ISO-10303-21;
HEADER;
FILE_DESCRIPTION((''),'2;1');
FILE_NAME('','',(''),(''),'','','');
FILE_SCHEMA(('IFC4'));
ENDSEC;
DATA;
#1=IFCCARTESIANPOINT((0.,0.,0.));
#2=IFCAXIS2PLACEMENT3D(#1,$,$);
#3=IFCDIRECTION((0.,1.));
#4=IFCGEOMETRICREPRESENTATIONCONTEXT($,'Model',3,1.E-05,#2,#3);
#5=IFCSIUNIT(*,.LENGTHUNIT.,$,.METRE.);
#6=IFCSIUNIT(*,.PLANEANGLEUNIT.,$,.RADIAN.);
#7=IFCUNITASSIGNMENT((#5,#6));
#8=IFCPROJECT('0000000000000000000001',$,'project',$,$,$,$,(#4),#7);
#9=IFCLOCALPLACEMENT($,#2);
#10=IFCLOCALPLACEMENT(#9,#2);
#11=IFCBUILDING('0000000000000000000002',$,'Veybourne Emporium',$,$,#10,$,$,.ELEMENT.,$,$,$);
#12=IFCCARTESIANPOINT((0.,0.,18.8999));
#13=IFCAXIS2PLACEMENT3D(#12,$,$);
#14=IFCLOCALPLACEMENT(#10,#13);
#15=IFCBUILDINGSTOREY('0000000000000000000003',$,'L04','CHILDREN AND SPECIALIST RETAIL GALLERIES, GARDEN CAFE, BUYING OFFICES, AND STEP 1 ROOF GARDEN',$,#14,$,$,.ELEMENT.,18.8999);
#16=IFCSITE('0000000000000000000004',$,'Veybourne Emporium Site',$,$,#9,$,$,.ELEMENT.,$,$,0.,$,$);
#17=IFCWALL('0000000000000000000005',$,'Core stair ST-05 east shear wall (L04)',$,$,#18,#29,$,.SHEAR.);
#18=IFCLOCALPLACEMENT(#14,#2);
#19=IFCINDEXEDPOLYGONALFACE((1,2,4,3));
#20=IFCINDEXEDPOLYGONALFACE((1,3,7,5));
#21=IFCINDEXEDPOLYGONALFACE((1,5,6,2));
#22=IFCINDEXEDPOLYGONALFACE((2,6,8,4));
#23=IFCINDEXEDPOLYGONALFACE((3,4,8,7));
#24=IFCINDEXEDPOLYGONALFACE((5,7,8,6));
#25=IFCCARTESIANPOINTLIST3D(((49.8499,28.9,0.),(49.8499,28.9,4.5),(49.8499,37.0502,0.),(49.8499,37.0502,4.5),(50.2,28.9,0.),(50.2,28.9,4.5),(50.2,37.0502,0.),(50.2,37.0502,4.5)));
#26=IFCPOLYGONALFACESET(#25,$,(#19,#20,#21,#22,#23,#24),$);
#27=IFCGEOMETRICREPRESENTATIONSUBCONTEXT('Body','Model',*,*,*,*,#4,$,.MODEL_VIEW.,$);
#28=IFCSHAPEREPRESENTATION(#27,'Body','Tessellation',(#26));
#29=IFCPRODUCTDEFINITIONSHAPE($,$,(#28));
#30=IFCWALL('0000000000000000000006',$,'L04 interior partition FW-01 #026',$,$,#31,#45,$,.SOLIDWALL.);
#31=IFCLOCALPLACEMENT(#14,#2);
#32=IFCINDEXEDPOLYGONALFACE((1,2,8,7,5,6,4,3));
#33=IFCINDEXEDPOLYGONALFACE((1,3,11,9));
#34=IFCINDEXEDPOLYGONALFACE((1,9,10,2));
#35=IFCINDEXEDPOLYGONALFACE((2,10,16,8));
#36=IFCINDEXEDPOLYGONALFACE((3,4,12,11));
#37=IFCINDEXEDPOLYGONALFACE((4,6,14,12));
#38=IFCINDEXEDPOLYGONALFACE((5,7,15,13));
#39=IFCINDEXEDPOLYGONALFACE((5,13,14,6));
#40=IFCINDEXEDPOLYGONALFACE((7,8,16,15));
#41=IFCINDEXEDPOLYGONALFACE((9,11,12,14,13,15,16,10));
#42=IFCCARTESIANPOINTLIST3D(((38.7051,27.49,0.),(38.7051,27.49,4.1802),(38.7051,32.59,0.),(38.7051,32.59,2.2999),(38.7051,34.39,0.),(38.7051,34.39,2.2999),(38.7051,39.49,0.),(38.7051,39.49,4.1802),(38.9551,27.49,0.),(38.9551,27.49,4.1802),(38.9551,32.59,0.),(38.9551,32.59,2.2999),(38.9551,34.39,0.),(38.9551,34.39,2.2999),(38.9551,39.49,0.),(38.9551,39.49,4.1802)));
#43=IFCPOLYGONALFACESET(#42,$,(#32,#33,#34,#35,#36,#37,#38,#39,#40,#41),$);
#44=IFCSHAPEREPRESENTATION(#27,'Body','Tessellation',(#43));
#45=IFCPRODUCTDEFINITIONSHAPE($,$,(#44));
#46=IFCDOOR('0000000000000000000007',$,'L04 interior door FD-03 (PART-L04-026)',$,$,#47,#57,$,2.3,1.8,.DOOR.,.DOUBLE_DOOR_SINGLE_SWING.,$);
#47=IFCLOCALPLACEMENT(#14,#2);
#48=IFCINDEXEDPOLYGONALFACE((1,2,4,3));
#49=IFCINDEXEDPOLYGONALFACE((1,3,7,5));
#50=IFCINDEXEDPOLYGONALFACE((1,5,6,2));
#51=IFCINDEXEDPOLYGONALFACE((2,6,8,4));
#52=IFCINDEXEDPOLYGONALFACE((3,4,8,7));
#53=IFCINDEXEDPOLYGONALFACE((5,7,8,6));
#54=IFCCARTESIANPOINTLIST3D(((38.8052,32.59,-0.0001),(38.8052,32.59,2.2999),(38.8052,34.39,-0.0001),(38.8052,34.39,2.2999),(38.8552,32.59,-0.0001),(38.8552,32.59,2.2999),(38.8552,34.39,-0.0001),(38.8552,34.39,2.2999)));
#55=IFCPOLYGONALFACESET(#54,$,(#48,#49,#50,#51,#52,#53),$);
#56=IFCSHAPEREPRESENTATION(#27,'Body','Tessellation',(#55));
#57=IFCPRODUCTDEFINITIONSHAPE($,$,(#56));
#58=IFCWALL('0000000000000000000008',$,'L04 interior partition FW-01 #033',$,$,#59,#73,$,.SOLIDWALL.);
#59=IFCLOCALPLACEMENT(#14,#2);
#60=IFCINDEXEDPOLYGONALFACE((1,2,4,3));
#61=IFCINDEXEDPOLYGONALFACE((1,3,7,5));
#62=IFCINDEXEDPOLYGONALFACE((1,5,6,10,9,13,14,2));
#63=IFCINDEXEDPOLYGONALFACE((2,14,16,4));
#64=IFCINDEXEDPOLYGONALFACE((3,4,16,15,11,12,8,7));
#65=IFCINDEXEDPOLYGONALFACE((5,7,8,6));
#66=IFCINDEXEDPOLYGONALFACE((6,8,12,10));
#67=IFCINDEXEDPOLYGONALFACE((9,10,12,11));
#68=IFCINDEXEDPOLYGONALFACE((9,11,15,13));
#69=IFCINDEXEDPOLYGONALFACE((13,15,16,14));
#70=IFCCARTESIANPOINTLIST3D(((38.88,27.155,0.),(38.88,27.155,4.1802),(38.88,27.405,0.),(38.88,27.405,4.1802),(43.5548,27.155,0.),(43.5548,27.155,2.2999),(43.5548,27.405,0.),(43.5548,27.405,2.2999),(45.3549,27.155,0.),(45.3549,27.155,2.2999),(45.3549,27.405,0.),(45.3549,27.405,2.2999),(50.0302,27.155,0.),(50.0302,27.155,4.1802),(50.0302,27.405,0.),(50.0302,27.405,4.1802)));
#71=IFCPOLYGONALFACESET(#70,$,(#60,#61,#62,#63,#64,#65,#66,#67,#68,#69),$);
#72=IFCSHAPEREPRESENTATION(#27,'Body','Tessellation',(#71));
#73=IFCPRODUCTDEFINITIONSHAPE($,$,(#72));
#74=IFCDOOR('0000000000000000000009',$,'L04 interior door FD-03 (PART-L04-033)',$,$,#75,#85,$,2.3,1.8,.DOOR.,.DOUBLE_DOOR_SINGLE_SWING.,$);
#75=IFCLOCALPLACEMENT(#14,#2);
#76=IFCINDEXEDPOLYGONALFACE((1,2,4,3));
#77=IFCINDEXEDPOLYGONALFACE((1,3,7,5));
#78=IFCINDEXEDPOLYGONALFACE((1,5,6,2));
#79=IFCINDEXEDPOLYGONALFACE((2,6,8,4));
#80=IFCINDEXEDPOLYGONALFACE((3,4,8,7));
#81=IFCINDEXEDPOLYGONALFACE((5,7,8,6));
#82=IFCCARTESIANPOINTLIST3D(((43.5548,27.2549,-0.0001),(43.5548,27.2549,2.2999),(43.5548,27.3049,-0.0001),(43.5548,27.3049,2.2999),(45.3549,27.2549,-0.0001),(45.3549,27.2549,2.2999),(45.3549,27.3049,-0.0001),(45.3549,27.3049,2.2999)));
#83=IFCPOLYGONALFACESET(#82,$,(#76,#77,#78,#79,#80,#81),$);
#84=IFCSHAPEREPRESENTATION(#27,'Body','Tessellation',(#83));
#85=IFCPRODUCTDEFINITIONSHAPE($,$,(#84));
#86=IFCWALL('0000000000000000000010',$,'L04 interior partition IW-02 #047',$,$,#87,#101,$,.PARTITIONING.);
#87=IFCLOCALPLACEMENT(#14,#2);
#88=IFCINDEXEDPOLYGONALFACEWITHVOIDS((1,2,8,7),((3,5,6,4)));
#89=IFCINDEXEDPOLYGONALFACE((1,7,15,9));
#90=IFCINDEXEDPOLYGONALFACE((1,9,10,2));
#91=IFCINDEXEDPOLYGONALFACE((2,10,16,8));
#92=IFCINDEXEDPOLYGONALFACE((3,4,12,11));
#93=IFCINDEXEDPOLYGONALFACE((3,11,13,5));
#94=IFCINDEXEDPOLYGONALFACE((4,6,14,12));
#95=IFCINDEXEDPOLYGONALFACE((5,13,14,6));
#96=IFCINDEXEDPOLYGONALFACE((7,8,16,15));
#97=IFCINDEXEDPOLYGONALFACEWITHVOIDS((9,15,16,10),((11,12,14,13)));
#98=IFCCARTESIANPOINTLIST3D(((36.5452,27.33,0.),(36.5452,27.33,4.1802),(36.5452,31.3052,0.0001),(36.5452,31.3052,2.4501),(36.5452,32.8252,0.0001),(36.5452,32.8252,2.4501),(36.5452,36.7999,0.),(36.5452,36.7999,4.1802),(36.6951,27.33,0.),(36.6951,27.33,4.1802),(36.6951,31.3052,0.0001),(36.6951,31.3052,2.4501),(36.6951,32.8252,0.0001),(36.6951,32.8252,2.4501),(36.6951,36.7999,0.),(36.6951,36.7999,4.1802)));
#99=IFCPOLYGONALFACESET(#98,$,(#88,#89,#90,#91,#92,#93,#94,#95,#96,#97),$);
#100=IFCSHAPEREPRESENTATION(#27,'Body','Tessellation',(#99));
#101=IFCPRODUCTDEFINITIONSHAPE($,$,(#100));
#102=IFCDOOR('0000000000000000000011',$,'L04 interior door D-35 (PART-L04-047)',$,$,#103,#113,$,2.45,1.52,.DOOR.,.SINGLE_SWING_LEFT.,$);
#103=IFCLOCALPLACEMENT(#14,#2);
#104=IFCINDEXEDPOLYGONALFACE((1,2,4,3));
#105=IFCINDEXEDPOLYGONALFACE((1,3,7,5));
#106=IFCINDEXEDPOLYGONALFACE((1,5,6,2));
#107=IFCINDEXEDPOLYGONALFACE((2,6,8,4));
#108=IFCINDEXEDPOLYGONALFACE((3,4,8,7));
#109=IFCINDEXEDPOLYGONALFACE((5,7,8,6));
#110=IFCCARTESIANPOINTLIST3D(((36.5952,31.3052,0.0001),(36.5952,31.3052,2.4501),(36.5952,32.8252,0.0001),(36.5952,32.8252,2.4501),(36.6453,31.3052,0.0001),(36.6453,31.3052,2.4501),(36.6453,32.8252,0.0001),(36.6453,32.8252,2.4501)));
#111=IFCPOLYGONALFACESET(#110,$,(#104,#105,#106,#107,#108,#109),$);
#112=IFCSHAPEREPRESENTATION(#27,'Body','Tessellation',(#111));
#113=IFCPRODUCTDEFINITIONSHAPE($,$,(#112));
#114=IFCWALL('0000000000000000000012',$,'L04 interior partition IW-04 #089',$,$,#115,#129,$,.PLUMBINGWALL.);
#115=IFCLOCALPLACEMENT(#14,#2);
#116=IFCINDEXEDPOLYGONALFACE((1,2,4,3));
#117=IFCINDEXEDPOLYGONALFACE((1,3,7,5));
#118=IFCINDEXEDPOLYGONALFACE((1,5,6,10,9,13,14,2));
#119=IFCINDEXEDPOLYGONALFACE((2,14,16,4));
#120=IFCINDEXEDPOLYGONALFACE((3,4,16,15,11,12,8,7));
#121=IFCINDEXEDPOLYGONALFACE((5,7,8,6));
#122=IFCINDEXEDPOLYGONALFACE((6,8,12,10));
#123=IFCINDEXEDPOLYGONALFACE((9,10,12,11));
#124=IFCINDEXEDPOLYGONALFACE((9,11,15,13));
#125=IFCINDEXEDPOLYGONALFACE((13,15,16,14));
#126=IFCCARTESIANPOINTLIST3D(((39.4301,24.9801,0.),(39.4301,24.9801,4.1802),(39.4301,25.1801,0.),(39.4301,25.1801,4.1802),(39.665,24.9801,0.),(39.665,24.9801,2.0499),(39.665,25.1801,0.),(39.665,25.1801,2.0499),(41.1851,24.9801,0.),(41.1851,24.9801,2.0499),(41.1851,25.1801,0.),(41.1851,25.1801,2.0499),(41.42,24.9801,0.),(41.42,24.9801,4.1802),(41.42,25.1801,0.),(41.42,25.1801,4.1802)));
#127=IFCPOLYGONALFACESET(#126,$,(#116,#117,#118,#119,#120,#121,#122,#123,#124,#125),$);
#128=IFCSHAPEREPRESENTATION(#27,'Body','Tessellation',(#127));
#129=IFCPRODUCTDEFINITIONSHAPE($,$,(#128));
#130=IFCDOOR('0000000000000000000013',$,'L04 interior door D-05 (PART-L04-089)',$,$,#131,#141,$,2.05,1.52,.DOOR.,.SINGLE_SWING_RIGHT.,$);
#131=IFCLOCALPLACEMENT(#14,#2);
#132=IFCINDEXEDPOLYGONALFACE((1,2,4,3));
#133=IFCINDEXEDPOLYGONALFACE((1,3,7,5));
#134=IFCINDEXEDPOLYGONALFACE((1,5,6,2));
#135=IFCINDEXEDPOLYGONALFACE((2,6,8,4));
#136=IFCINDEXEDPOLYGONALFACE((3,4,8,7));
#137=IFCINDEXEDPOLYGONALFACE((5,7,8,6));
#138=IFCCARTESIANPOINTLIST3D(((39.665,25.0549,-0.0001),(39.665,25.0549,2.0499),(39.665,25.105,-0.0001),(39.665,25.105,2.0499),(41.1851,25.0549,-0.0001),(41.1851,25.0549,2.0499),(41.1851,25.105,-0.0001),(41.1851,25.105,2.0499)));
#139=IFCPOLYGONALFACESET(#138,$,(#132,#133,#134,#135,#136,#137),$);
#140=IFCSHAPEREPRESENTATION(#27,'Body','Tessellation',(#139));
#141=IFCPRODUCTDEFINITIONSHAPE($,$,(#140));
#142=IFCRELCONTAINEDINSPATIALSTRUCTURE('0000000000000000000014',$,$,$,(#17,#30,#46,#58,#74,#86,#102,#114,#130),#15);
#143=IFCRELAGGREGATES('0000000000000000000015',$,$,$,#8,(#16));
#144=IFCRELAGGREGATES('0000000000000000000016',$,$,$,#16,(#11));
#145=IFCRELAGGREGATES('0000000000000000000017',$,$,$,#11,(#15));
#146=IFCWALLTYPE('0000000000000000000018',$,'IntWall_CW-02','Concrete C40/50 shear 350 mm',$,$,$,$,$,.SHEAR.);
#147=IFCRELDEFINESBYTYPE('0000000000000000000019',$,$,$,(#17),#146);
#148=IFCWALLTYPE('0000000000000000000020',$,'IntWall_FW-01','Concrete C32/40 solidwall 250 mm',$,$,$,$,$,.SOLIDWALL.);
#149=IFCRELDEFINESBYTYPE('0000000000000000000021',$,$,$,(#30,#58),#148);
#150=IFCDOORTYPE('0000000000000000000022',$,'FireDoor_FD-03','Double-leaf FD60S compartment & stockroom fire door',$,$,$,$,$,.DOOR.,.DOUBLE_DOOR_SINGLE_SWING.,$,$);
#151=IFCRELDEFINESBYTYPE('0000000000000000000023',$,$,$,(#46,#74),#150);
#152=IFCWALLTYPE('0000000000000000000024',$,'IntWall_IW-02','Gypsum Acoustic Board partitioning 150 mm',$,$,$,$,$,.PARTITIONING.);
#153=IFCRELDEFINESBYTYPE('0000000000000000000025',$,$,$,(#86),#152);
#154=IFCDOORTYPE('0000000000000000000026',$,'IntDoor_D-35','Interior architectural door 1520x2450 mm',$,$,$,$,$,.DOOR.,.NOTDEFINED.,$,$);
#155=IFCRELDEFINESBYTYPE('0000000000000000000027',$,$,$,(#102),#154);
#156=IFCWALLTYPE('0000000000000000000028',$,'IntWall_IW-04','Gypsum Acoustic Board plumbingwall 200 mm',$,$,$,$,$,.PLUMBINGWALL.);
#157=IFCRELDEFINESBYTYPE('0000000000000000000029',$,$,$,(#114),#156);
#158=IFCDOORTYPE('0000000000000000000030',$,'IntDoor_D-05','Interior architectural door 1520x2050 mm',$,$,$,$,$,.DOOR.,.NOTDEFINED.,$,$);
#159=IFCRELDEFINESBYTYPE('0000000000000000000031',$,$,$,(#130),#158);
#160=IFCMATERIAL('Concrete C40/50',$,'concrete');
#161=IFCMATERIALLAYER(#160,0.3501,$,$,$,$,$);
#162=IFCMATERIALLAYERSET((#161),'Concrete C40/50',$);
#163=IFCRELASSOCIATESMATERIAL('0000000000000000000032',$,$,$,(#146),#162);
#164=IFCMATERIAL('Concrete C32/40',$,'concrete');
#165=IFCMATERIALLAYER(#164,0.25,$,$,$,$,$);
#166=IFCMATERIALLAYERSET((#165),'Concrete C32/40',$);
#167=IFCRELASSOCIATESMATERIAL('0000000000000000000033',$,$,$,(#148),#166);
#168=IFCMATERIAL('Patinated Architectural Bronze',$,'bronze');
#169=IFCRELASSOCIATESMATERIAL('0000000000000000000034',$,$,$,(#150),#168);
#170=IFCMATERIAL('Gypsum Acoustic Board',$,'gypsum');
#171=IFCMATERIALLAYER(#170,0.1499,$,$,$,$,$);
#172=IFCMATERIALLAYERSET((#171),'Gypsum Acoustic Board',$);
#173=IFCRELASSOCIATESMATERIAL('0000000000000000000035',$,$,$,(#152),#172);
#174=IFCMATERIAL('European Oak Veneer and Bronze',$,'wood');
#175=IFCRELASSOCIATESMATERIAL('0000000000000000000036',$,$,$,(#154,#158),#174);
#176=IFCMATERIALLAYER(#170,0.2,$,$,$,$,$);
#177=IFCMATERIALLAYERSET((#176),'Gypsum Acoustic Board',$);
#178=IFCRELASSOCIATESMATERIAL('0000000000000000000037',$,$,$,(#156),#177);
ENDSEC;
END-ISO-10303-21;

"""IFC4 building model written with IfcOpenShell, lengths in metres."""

from ifc_helpers import new_model, si_unit, direction, frame, frame_2d, origin, place, context, subcontext, project, spatial, rectangle, extrude, material, layer, layer_set, type_object, element, fill, save


model = new_model("IFC4")

# Units and contexts
model_context = context("Model", 3, precision=1e-05, world=origin(), true_north=direction((0.0, 1.0)))
body_context = subcontext(model_context, "Body", "Model", "MODEL_VIEW")
ifc_project = project(units=[si_unit("LENGTHUNIT", "METRE"), si_unit("PLANEANGLEUNIT", "RADIAN")], contexts=[model_context])

# Site, building, storey
site_placement = place(None, origin())
site = spatial("IfcSite", under=ifc_project, at=site_placement, Name="Veybourne Emporium Site", CompositionType="ELEMENT", RefElevation=0.0)
building_placement = place(site_placement, origin())
building = spatial("IfcBuilding", under=site, at=building_placement, Name="Veybourne Emporium", CompositionType="ELEMENT")
storey_placement = place(building_placement, frame((0.0, 0.0, 18.8999)))
storey = spatial("IfcBuildingStorey", under=building, at=storey_placement, Name="L04", Description="CHILDREN AND SPECIALIST RETAIL GALLERIES, GARDEN CAFE, BUYING OFFICES, AND STEP 1 ROOF GARDEN", CompositionType="ELEMENT", Elevation=18.8999)

# Shared definitions
ifc_material_1 = material(Name="Concrete C40/50", Category="concrete")

# Shared definitions
ifc_material_2 = material(Name="Concrete C32/40", Category="concrete")

# Shared definitions
ifc_layer_1 = layer(ifc_material_1, 0.3501)
ifc_layer_set_1 = layer_set([ifc_layer_1], Name="Concrete C40/50")
wall_type_1 = type_object("IfcWallType", Name="IntWall_CW-02", Description="Concrete C40/50 shear 350 mm", PredefinedType="SHEAR", material=ifc_layer_set_1)
ifc_material_3 = material(Name="Patinated Architectural Bronze", Category="bronze")

# Wall
wall_1_placement = place(storey_placement, frame((50.0249, 28.8999, 0.0), z_axis=(0.0, 0.0, 1.0), x_axis=(0.0, 1.0, 0.0)))
element("IfcWall", 1, at=wall_1_placement, inside=storey, type_object=wall_type_1, Name="Core stair ST-05 east shear wall (L04)", PredefinedType="SHEAR", context=body_context, shape_type="SweptSolid", body=[
    extrude(rectangle(XDim=8.1501, YDim=0.3501, at=frame_2d((4.0752, 0.0))), origin(), (0.0, 0.0, 1.0), 4.5),
])

# Walls, openings, doors
ifc_layer_2 = layer(ifc_material_2, 0.25)
ifc_layer_set_2 = layer_set([ifc_layer_2], Name="Concrete C32/40")
wall_type_2 = type_object("IfcWallType", Name="IntWall_FW-01", Description="Concrete C32/40 solidwall 250 mm", PredefinedType="SOLIDWALL", material=ifc_layer_set_2)
wall_2_placement = place(storey_placement, frame((38.8301, 27.49, 0.0), z_axis=(0.0, 0.0, 1.0), x_axis=(0.0, 1.0, 0.0)))
wall_2 = element("IfcWall", 2, at=wall_2_placement, inside=storey, type_object=wall_type_2, Name="L04 interior partition FW-01 #026", PredefinedType="SOLIDWALL", context=body_context, shape_type="SweptSolid", body=[
    extrude(rectangle(XDim=12.0, YDim=0.25, at=frame_2d((6.0, 0.0))), origin(), (0.0, 0.0, 1.0), 4.1802),
])
opening_1_placement = place(wall_2_placement, frame((5.1001, 0.0, 0.0)))
opening_1 = element("IfcOpeningElement", 3, at=opening_1_placement, cuts=wall_2, PredefinedType="OPENING", context=body_context, shape_type="SweptSolid", body=[
    extrude(rectangle(XDim=1.8, YDim=2.3, at=frame_2d((0.8999, 1.1499))), frame((0.0, 0.145, 0.0), z_axis=(0.0, -1.0, 0.0), x_axis=(1.0, 0.0, 0.0)), (0.0, 0.0, 1.0), 0.29),
])
door_type_1 = type_object("IfcDoorType", Name="FireDoor_FD-03", Description="Double-leaf FD60S compartment & stockroom fire door", OperationType="DOUBLE_DOOR_SINGLE_SWING", PredefinedType="DOOR", material=ifc_material_3)
door_1_placement = place(opening_1_placement, origin())
door_1 = element("IfcDoor", 4, at=door_1_placement, inside=storey, type_object=door_type_1, Name="L04 interior door FD-03 (PART-L04-026)", OperationType="DOUBLE_DOOR_SINGLE_SWING", OverallHeight=2.3, OverallWidth=1.8, PredefinedType="DOOR", context=body_context, shape_type="SweptSolid", body=[
    extrude(rectangle(XDim=1.8, YDim=2.3, at=frame_2d((0.8999, 1.1499))), frame((0.0, 0.0249, 0.0), z_axis=(0.0, -1.0, 0.0), x_axis=(1.0, 0.0, 0.0)), (0.0, 0.0, 1.0), 0.05),
])
fill(opening_1, door_1)
wall_3_placement = place(storey_placement, frame((38.8799, 27.28, 0.0), z_axis=(0.0, 0.0, 1.0), x_axis=(1.0, 0.0, 0.0)))
wall_3 = element("IfcWall", 5, at=wall_3_placement, inside=storey, type_object=wall_type_2, Name="L04 interior partition FW-01 #033", PredefinedType="SOLIDWALL", context=body_context, shape_type="SweptSolid", body=[
    extrude(rectangle(XDim=11.1501, YDim=0.25, at=frame_2d((5.5752, 0.0))), origin(), (0.0, 0.0, 1.0), 4.1802),
])
opening_2_placement = place(wall_3_placement, frame((4.675, 0.0, 0.0)))
opening_2 = element("IfcOpeningElement", 6, at=opening_2_placement, cuts=wall_3, PredefinedType="OPENING", context=body_context, shape_type="SweptSolid", body=[
    extrude(rectangle(XDim=1.8, YDim=2.3, at=frame_2d((0.8999, 1.1499))), frame((0.0, 0.145, 0.0), z_axis=(0.0, -1.0, 0.0), x_axis=(1.0, 0.0, 0.0)), (0.0, 0.0, 1.0), 0.29),
])
door_2_placement = place(opening_2_placement, origin())
door_2 = element("IfcDoor", 7, at=door_2_placement, inside=storey, type_object=door_type_1, Name="L04 interior door FD-03 (PART-L04-033)", OperationType="DOUBLE_DOOR_SINGLE_SWING", OverallHeight=2.3, OverallWidth=1.8, PredefinedType="DOOR", context=body_context, shape_type="SweptSolid", body=[
    extrude(rectangle(XDim=1.8, YDim=2.3, at=frame_2d((0.8999, 1.1499))), frame((0.0, 0.0249, 0.0), z_axis=(0.0, -1.0, 0.0), x_axis=(1.0, 0.0, 0.0)), (0.0, 0.0, 1.0), 0.05),
])
fill(opening_2, door_2)
ifc_material_4 = material(Name="Gypsum Acoustic Board", Category="gypsum")
ifc_layer_3 = layer(ifc_material_4, 0.1499)
ifc_layer_set_3 = layer_set([ifc_layer_3], Name="Gypsum Acoustic Board")
wall_type_3 = type_object("IfcWallType", Name="IntWall_IW-02", Description="Gypsum Acoustic Board partitioning 150 mm", PredefinedType="PARTITIONING", material=ifc_layer_set_3)
wall_4_placement = place(storey_placement, frame((36.6201, 27.3301, 0.0), z_axis=(0.0, 0.0, 1.0), x_axis=(0.0, 1.0, 0.0)))
wall_4 = element("IfcWall", 8, at=wall_4_placement, inside=storey, type_object=wall_type_3, Name="L04 interior partition IW-02 #047", PredefinedType="PARTITIONING", context=body_context, shape_type="SweptSolid", body=[
    extrude(rectangle(XDim=9.47, YDim=0.1499, at=frame_2d((4.7349, 0.0))), origin(), (0.0, 0.0, 1.0), 4.1802),
])
opening_3_placement = place(wall_4_placement, frame((3.9751, 0.0, 0.0)))
opening_3 = element("IfcOpeningElement", 9, at=opening_3_placement, cuts=wall_4, PredefinedType="OPENING", context=body_context, shape_type="SweptSolid", body=[
    extrude(rectangle(XDim=1.52, YDim=2.45, at=frame_2d((0.76, 1.2251))), frame((0.0, 0.095, 0.0), z_axis=(0.0, -1.0, 0.0), x_axis=(1.0, 0.0, 0.0)), (0.0, 0.0, 1.0), 0.1899),
])
ifc_material_5 = material(Name="European Oak Veneer and Bronze", Category="wood")
door_type_2 = type_object("IfcDoorType", Name="IntDoor_D-35", Description="Interior architectural door 1520x2450 mm", OperationType="NOTDEFINED", PredefinedType="DOOR", material=ifc_material_5)
door_3_placement = place(opening_3_placement, origin())
door_3 = element("IfcDoor", 10, at=door_3_placement, inside=storey, type_object=door_type_2, Name="L04 interior door D-35 (PART-L04-047)", OperationType="SINGLE_SWING_LEFT", OverallHeight=2.45, OverallWidth=1.52, PredefinedType="DOOR", context=body_context, shape_type="SweptSolid", body=[
    extrude(rectangle(XDim=1.52, YDim=2.45, at=frame_2d((0.76, 1.2251))), frame((0.0, 0.0249, 0.0), z_axis=(0.0, -1.0, 0.0), x_axis=(1.0, 0.0, 0.0)), (0.0, 0.0, 1.0), 0.05),
])
fill(opening_3, door_3)
ifc_layer_4 = layer(ifc_material_4, 0.2)
ifc_layer_set_4 = layer_set([ifc_layer_4], Name="Gypsum Acoustic Board")
wall_type_4 = type_object("IfcWallType", Name="IntWall_IW-04", Description="Gypsum Acoustic Board plumbingwall 200 mm", PredefinedType="PLUMBINGWALL", material=ifc_layer_set_4)
wall_5_placement = place(storey_placement, frame((39.4299, 25.0801, 0.0), z_axis=(0.0, 0.0, 1.0), x_axis=(1.0, 0.0, 0.0)))
wall_5 = element("IfcWall", 11, at=wall_5_placement, inside=storey, type_object=wall_type_4, Name="L04 interior partition IW-04 #089", PredefinedType="PLUMBINGWALL", context=body_context, shape_type="SweptSolid", body=[
    extrude(rectangle(XDim=1.99, YDim=0.2, at=frame_2d((0.9951, 0.0))), origin(), (0.0, 0.0, 1.0), 4.1802),
])
opening_4_placement = place(wall_5_placement, frame((0.2351, 0.0, 0.0)))
opening_4 = element("IfcOpeningElement", 12, at=opening_4_placement, cuts=wall_5, PredefinedType="OPENING", context=body_context, shape_type="SweptSolid", body=[
    extrude(rectangle(XDim=1.52, YDim=2.05, at=frame_2d((0.76, 1.0249))), frame((0.0, 0.1201, 0.0), z_axis=(0.0, -1.0, 0.0), x_axis=(1.0, 0.0, 0.0)), (0.0, 0.0, 1.0), 0.24),
])
door_type_3 = type_object("IfcDoorType", Name="IntDoor_D-05", Description="Interior architectural door 1520x2050 mm", OperationType="NOTDEFINED", PredefinedType="DOOR", material=ifc_material_5)
door_4_placement = place(opening_4_placement, origin())
door_4 = element("IfcDoor", 13, at=door_4_placement, inside=storey, type_object=door_type_3, Name="L04 interior door D-05 (PART-L04-089)", OperationType="SINGLE_SWING_RIGHT", OverallHeight=2.05, OverallWidth=1.52, PredefinedType="DOOR", context=body_context, shape_type="SweptSolid", body=[
    extrude(rectangle(XDim=1.52, YDim=2.05, at=frame_2d((0.76, 1.0249))), frame((0.0, 0.0249, 0.0), z_axis=(0.0, -1.0, 0.0), x_axis=(1.0, 0.0, 0.0)), (0.0, 0.0, 1.0), 0.05),
])
fill(opening_4, door_4)

save(model, "model.ifc")
